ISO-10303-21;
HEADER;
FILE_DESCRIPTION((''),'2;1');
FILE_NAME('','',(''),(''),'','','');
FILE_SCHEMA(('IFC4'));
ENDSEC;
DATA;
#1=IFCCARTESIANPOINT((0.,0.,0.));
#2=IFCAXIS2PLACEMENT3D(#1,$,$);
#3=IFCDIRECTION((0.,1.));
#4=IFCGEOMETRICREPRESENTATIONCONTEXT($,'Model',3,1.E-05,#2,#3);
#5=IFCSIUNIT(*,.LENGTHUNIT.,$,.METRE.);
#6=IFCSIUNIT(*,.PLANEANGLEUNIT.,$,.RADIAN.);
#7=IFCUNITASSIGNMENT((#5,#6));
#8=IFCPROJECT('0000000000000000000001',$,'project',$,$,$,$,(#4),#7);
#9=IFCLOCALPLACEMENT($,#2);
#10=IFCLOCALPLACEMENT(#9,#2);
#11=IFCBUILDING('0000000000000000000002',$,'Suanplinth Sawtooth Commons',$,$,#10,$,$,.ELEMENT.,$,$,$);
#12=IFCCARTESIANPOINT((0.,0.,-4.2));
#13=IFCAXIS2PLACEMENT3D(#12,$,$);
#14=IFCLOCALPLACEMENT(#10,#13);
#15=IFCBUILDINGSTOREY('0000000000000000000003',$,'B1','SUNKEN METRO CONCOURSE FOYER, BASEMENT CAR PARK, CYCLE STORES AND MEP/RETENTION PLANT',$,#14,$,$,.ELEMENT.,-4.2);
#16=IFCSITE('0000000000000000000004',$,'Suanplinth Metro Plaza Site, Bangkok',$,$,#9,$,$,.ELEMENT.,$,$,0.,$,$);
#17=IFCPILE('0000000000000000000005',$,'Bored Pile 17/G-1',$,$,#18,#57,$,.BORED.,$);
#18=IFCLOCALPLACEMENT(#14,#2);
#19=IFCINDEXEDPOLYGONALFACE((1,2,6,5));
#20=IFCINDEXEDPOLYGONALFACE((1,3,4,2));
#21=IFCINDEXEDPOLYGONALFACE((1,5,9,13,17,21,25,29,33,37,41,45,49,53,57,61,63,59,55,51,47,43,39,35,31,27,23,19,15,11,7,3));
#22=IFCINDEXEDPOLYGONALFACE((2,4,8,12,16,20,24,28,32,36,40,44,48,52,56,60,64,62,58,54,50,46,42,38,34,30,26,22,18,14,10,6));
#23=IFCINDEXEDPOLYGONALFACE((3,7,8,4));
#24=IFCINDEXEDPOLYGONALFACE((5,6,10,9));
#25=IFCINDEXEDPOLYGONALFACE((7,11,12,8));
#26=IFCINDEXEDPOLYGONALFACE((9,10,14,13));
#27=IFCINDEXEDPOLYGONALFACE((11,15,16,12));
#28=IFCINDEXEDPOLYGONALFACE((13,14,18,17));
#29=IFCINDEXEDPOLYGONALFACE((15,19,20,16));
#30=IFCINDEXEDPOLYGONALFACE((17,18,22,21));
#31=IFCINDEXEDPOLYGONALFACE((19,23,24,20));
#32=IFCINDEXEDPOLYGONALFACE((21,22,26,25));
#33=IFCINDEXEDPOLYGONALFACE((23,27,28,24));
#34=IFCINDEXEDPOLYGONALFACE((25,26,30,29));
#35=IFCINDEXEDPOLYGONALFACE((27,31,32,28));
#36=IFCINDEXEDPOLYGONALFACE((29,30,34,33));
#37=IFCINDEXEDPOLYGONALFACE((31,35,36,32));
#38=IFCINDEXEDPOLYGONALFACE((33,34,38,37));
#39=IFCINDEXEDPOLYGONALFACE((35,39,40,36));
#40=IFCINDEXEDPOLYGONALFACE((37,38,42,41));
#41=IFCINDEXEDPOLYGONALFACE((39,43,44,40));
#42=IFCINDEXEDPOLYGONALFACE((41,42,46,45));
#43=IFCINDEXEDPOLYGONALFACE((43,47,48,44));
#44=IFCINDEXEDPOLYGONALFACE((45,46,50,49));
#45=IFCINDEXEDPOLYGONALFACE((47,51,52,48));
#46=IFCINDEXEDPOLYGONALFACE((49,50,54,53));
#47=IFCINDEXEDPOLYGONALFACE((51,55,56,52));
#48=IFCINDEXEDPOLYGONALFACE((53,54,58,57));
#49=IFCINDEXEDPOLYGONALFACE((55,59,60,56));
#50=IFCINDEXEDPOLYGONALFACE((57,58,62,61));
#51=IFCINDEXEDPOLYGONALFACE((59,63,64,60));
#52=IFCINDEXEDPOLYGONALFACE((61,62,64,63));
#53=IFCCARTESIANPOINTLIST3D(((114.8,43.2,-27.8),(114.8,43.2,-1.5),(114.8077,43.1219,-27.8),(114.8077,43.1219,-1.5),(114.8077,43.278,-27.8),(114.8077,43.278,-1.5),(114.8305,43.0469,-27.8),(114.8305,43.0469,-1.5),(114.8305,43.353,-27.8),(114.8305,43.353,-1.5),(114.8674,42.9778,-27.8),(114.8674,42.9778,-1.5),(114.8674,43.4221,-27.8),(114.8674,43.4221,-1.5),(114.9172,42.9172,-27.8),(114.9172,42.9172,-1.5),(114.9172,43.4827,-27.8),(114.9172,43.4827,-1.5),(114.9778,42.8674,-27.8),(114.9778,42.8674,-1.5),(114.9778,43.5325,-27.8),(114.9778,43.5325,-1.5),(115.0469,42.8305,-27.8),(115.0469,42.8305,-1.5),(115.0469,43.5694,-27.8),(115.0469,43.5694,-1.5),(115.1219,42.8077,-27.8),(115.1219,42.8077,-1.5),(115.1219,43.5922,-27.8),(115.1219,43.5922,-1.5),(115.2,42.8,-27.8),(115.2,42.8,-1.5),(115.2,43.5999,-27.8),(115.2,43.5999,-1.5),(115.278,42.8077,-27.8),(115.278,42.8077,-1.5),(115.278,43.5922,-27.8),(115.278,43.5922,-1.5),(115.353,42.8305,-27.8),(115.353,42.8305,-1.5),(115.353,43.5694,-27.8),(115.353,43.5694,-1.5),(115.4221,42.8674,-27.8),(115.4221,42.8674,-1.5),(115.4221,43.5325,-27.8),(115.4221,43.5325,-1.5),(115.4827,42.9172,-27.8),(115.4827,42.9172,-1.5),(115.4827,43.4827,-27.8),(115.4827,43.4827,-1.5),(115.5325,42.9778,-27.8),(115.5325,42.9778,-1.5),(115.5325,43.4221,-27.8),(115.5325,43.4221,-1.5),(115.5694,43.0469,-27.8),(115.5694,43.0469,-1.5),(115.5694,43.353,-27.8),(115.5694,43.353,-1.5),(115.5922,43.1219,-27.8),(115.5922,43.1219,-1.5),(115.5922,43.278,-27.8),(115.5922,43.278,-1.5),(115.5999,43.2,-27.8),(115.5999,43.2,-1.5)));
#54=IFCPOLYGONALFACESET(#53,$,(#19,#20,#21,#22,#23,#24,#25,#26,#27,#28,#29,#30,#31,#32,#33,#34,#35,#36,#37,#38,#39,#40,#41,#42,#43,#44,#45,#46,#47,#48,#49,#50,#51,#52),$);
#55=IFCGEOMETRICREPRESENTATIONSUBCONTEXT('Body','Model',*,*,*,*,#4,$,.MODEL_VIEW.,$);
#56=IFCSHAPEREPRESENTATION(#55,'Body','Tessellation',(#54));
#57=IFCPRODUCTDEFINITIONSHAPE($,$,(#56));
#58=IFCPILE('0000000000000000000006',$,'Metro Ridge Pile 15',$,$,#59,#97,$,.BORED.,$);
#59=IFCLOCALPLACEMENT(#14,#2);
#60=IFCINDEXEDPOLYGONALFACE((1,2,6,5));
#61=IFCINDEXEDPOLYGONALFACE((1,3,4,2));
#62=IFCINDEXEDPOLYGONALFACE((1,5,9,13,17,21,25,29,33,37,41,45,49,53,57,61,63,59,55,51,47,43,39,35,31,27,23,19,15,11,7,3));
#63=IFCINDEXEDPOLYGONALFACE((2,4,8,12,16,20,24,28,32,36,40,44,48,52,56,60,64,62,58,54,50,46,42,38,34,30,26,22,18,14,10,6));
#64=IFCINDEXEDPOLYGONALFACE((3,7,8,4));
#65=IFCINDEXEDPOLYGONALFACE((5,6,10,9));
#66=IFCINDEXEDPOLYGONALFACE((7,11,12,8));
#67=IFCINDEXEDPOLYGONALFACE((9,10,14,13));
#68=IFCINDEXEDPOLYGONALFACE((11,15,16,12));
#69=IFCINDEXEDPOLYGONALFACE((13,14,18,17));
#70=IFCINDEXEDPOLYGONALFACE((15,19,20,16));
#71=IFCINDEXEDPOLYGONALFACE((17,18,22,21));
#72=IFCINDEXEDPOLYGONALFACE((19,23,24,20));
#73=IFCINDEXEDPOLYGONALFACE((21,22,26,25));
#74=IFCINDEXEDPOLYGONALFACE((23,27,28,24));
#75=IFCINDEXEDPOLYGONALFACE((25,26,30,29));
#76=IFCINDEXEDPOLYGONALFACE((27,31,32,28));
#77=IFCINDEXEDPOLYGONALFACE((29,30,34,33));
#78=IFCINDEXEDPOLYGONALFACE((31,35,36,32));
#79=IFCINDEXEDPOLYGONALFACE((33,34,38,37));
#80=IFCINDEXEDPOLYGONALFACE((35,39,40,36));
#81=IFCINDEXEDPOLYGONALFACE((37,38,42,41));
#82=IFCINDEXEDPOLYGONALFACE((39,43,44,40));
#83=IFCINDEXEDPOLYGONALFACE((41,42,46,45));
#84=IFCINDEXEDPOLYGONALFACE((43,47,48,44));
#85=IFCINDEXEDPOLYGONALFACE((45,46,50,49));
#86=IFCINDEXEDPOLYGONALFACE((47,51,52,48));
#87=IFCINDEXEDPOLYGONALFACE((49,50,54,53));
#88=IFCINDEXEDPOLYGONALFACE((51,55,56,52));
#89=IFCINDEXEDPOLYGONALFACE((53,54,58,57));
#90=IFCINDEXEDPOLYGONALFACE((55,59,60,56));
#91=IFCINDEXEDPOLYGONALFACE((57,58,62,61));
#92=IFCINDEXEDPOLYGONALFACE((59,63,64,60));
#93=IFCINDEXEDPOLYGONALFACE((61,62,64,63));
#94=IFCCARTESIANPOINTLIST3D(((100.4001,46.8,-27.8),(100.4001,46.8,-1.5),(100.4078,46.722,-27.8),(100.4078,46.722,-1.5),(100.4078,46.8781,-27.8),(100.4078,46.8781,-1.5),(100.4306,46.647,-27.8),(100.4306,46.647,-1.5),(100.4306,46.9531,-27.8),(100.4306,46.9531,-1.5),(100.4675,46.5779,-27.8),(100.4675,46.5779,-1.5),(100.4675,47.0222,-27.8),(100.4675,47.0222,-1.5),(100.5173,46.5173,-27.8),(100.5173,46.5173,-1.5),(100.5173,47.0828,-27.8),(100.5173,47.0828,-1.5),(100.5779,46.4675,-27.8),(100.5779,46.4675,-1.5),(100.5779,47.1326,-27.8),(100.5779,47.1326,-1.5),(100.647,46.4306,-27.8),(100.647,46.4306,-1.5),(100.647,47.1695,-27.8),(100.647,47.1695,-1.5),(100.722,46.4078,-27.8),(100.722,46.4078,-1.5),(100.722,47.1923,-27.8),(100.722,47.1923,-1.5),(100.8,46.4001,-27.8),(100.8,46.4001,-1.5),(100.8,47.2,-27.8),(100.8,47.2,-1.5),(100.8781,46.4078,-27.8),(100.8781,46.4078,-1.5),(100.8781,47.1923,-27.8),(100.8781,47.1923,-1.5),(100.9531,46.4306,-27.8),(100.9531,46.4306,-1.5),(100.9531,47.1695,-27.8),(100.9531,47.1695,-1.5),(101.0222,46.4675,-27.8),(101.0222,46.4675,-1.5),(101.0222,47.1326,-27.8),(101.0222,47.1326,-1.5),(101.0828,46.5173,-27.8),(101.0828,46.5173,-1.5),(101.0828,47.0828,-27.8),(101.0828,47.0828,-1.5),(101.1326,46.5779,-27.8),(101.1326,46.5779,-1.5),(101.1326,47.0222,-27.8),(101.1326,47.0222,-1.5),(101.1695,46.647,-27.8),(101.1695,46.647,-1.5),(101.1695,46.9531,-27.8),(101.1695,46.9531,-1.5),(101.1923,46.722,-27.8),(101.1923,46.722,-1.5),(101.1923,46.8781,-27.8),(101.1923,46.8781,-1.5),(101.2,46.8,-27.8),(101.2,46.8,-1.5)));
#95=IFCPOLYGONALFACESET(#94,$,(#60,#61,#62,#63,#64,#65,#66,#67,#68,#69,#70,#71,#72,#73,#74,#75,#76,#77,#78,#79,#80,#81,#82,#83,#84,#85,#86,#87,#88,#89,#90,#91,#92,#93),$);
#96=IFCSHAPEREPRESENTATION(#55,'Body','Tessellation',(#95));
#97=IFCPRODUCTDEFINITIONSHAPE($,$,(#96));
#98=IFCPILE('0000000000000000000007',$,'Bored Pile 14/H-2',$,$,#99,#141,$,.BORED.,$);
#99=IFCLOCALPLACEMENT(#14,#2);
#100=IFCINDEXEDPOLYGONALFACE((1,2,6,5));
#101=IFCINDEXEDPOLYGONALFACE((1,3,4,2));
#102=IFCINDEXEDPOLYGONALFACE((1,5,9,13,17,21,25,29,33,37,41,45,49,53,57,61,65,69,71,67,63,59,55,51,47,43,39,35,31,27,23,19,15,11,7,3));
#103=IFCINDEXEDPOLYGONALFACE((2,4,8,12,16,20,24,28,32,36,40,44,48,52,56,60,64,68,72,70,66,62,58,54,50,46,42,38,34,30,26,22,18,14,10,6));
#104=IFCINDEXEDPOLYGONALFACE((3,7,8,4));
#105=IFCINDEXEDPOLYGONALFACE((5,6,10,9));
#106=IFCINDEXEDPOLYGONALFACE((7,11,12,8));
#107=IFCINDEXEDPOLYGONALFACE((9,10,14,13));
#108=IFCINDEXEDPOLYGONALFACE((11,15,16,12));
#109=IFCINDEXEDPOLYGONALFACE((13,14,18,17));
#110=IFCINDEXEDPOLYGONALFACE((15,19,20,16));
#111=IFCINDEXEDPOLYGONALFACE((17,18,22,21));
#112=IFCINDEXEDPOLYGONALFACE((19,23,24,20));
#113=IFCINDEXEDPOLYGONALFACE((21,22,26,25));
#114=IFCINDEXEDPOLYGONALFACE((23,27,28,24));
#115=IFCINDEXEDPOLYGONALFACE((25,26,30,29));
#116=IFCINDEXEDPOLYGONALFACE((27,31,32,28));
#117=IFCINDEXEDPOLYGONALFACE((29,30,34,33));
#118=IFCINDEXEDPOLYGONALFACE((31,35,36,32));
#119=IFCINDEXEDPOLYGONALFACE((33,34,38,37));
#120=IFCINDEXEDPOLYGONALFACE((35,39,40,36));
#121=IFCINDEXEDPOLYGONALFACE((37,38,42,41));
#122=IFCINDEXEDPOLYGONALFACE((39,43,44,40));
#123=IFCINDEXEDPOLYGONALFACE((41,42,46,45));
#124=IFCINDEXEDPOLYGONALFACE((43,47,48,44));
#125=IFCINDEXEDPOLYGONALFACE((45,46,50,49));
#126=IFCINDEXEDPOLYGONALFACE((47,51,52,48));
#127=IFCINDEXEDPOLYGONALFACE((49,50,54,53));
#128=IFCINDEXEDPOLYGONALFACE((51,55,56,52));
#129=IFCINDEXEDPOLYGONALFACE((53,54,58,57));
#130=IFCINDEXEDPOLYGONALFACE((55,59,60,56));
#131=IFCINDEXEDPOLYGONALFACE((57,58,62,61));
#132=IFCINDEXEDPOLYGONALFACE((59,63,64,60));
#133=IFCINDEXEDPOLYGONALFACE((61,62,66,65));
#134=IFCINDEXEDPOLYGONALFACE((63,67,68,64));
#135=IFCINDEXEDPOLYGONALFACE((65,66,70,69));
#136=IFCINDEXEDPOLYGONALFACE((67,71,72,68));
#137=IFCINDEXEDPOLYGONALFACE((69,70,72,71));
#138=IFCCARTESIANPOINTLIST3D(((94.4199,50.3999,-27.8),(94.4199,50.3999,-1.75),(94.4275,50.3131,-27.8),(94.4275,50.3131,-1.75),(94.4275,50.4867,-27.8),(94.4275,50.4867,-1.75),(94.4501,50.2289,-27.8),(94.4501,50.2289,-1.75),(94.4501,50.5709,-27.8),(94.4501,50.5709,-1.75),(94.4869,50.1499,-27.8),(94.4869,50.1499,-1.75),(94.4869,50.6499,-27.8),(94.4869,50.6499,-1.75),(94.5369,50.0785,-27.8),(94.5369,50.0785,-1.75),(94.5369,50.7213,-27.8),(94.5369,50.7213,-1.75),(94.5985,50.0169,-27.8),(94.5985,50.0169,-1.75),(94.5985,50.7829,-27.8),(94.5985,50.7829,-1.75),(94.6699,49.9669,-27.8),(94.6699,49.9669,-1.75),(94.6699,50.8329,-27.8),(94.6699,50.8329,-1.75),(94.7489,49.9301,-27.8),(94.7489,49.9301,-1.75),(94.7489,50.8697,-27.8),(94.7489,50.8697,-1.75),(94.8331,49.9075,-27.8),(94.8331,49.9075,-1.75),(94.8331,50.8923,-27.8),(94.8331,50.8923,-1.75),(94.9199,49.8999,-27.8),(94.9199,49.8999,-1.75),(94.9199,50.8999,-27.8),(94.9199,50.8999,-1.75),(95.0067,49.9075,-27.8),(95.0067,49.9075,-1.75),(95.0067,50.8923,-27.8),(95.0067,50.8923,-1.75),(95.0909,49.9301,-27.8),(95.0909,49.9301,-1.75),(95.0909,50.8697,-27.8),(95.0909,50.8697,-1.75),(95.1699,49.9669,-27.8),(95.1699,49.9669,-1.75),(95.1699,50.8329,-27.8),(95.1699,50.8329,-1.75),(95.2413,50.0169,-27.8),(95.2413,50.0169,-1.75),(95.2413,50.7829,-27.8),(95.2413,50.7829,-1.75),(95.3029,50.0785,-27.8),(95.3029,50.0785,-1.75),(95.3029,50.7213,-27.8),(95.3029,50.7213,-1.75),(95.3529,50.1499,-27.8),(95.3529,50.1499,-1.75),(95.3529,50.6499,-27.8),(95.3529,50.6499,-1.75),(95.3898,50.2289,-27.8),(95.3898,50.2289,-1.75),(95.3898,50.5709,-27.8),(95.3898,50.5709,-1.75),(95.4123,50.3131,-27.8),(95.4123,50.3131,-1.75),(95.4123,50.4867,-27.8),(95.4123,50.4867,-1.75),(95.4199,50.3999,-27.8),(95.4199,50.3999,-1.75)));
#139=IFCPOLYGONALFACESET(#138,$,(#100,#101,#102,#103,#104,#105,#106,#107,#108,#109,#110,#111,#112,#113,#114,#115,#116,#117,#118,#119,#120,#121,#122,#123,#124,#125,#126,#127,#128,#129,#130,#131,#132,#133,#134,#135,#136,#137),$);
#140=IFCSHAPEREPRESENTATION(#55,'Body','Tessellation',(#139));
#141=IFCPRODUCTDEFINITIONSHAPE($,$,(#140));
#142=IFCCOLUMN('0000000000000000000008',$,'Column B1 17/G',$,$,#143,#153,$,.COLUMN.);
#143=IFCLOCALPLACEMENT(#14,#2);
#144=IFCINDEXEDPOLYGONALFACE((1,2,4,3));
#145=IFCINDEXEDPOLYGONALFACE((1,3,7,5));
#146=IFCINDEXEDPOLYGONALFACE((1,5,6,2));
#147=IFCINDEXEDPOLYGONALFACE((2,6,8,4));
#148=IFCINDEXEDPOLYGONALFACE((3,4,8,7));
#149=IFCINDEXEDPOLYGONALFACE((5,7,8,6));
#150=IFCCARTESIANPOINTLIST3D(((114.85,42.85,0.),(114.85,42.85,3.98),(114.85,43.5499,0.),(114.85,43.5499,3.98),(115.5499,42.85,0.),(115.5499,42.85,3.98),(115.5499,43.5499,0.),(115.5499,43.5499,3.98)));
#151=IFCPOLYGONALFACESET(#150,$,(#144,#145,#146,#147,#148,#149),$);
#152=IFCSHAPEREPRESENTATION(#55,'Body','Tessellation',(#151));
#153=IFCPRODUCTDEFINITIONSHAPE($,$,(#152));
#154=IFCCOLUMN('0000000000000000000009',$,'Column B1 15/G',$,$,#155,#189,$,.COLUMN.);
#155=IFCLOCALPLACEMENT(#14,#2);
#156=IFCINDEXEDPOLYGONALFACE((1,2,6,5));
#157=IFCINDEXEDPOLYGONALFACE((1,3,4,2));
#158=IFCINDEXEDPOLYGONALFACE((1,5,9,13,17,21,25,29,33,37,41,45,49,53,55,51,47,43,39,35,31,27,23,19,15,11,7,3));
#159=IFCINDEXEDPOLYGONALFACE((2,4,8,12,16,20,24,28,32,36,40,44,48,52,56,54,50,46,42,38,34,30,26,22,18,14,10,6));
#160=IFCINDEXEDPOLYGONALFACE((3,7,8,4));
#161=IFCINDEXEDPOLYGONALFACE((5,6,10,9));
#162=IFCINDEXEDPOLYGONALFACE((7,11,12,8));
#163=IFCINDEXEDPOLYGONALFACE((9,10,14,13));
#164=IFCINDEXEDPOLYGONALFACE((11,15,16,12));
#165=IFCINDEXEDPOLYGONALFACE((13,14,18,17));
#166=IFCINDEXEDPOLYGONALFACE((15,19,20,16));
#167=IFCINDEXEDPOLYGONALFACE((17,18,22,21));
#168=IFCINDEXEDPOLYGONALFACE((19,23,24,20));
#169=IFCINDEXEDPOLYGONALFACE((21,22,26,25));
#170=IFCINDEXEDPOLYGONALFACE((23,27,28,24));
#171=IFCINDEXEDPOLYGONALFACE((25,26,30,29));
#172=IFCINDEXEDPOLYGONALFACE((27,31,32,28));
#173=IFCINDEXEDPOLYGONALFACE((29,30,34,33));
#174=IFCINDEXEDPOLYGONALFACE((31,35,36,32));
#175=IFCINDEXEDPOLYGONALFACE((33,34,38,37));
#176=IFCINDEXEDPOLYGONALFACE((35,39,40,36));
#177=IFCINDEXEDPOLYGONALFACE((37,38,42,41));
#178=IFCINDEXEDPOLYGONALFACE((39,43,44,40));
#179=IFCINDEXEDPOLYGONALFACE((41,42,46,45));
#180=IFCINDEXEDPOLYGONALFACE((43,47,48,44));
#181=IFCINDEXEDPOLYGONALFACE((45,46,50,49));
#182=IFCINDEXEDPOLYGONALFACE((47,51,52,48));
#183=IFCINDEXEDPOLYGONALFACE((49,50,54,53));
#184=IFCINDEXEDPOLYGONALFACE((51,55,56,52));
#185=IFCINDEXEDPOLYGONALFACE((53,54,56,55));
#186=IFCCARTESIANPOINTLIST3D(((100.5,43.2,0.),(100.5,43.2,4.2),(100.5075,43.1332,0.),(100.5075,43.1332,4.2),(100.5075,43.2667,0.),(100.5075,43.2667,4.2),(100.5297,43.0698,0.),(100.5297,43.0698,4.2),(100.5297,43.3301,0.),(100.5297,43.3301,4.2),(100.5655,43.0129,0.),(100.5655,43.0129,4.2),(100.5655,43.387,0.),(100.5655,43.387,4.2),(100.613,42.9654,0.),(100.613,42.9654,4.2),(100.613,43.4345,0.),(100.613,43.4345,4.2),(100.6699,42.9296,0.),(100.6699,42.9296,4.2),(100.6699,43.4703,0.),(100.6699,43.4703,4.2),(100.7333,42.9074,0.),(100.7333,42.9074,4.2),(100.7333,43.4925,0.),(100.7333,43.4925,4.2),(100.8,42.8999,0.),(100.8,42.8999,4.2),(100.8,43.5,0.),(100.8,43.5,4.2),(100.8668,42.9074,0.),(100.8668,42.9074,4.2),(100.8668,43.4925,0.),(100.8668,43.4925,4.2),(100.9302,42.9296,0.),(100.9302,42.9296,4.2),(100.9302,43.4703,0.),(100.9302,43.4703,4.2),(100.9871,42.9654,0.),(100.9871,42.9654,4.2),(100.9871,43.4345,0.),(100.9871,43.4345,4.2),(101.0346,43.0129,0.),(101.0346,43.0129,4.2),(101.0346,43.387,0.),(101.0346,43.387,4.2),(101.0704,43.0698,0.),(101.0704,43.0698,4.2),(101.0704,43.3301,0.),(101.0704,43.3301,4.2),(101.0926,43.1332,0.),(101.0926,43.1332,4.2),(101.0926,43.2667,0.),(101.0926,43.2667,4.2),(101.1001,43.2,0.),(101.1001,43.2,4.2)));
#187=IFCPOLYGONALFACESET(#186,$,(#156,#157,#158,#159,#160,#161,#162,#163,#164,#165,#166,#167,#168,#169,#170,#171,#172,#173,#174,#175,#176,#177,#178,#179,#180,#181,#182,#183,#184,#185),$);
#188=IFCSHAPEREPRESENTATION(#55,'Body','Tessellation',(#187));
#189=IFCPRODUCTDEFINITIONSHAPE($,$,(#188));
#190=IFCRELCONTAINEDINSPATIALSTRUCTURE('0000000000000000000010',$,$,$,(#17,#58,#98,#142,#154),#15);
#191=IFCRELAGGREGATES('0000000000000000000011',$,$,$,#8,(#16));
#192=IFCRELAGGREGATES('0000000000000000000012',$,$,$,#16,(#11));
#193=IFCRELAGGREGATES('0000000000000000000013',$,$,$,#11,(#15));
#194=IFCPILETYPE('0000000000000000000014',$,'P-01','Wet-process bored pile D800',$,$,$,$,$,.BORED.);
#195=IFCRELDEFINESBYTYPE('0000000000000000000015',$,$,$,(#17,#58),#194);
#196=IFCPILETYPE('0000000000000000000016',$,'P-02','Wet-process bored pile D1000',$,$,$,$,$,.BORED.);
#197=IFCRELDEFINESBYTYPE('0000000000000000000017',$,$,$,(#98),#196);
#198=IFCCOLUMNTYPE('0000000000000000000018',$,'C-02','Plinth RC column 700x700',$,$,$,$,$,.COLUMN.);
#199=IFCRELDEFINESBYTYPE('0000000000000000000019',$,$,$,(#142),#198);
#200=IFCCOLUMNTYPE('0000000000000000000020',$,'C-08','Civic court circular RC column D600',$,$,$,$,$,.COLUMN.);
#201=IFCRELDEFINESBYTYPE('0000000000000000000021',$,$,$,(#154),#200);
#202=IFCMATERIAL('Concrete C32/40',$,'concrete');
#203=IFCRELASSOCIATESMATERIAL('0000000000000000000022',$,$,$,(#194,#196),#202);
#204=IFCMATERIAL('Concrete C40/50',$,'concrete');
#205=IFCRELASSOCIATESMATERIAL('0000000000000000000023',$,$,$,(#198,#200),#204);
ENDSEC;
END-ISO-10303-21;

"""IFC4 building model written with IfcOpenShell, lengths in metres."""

from ifc_helpers import new_model, si_unit, direction, frame, origin, origin_2d, place, context, subcontext, project, spatial, rectangle, circle, extrude, material, material_profile, profile_set, type_object, element, save


model = new_model("IFC4")

# Units and contexts
model_context = context("Model", 3, precision=1e-05, world=origin(), true_north=direction((0.0, 1.0)))
body_context = subcontext(model_context, "Body", "Model", "MODEL_VIEW")
ifc_project = project(units=[si_unit("LENGTHUNIT", "METRE"), si_unit("PLANEANGLEUNIT", "RADIAN")], contexts=[model_context])

# Site, building, storey
site_placement = place(None, origin())
site = spatial("IfcSite", under=ifc_project, at=site_placement, Name="Suanplinth Metro Plaza Site, Bangkok", CompositionType="ELEMENT", RefElevation=0.0)
building_placement = place(site_placement, origin())
building = spatial("IfcBuilding", under=site, at=building_placement, Name="Suanplinth Sawtooth Commons", CompositionType="ELEMENT")
storey_placement = place(building_placement, frame((0.0, 0.0, -4.2)))
storey = spatial("IfcBuildingStorey", under=building, at=storey_placement, Name="B1", Description="SUNKEN METRO CONCOURSE FOYER, BASEMENT CAR PARK, CYCLE STORES AND MEP/RETENTION PLANT", CompositionType="ELEMENT", Elevation=-4.2)

# Piles
ifc_material_1 = material(Name="Concrete C32/40", Category="concrete")
ifc_material_profile_1 = material_profile(ifc_material_1, circle(Radius=0.3999, at=origin_2d()), Name="PILE D800")
ifc_profile_set_1 = profile_set([ifc_material_profile_1], Name="Concrete C32/40")
pile_type_1 = type_object("IfcPileType", Name="P-01", Description="Wet-process bored pile D800", PredefinedType="BORED", material=ifc_profile_set_1)
for number, where, z_axis, x_axis, name in (
    (1, (115.2, 43.2, -1.5), (0.0, 0.0, -1.0), (1.0, 0.0, 0.0), "Bored Pile 17/G-1"),
    (2, (100.8, 46.8, -1.5), (0.0, 0.0, -1.0), (1.0, 0.0, 0.0), "Metro Ridge Pile 15"),
):
    element("IfcPile", number, at=place(storey_placement, frame(where, z_axis=z_axis, x_axis=x_axis)), inside=storey, type_object=pile_type_1, Name=name, PredefinedType="BORED", context=body_context, shape_type="SweptSolid", body=[
        extrude(circle(Radius=0.3999, at=origin_2d()), origin(), (0.0, 0.0, 1.0), 26.3),
    ])
ifc_material_profile_2 = material_profile(ifc_material_1, circle(Radius=0.5, at=origin_2d()), Name="PILE D1000")
ifc_profile_set_2 = profile_set([ifc_material_profile_2], Name="Concrete C32/40")
pile_type_2 = type_object("IfcPileType", Name="P-02", Description="Wet-process bored pile D1000", PredefinedType="BORED", material=ifc_profile_set_2)
pile_1_placement = place(storey_placement, frame((94.9199, 50.3999, -1.75), z_axis=(0.0, 0.0, -1.0), x_axis=(1.0, 0.0, 0.0)))
element("IfcPile", 3, at=pile_1_placement, inside=storey, type_object=pile_type_2, Name="Bored Pile 14/H-2", PredefinedType="BORED", context=body_context, shape_type="SweptSolid", body=[
    extrude(circle(Radius=0.5, at=origin_2d()), origin(), (0.0, 0.0, 1.0), 26.05),
])

# Columns
ifc_material_2 = material(Name="Concrete C40/50", Category="concrete")
ifc_material_profile_3 = material_profile(ifc_material_2, rectangle(XDim=0.7, YDim=0.7, at=origin_2d()), Name="RC-COL 700x700")
ifc_profile_set_3 = profile_set([ifc_material_profile_3], Name="Concrete C40/50")
column_type_1 = type_object("IfcColumnType", Name="C-02", Description="Plinth RC column 700x700", PredefinedType="COLUMN", material=ifc_profile_set_3)
column_placement = place(storey_placement, frame((115.2, 43.2, 0.0), z_axis=(0.0, 0.0, 1.0), x_axis=(1.0, 0.0, 0.0)))
element("IfcColumn", 4, at=column_placement, inside=storey, type_object=column_type_1, Name="Column B1 17/G", PredefinedType="COLUMN", context=body_context, shape_type="SweptSolid", body=[
    extrude(rectangle(XDim=0.7, YDim=0.7, at=origin_2d()), origin(), (0.0, 0.0, 1.0), 3.98),
])
ifc_material_profile_4 = material_profile(ifc_material_2, circle(Radius=0.3, at=origin_2d()), Name="RC-CIRC D600")
ifc_profile_set_4 = profile_set([ifc_material_profile_4], Name="Concrete C40/50")
column_type_2 = type_object("IfcColumnType", Name="C-08", Description="Civic court circular RC column D600", PredefinedType="COLUMN", material=ifc_profile_set_4)
for number, where, z_axis, x_axis, name in (
    (5, (100.8, 43.2, 0.0), (0.0, 0.0, 1.0), (1.0, 0.0, 0.0), "Column B1 15/G"),
):
    element("IfcColumn", number, at=place(storey_placement, frame(where, z_axis=z_axis, x_axis=x_axis)), inside=storey, type_object=column_type_2, Name=name, PredefinedType="COLUMN", context=body_context, shape_type="SweptSolid", body=[
        extrude(circle(Radius=0.3, at=origin_2d()), origin(), (0.0, 0.0, 1.0), 4.2),
    ])

save(model, "model.ifc")
